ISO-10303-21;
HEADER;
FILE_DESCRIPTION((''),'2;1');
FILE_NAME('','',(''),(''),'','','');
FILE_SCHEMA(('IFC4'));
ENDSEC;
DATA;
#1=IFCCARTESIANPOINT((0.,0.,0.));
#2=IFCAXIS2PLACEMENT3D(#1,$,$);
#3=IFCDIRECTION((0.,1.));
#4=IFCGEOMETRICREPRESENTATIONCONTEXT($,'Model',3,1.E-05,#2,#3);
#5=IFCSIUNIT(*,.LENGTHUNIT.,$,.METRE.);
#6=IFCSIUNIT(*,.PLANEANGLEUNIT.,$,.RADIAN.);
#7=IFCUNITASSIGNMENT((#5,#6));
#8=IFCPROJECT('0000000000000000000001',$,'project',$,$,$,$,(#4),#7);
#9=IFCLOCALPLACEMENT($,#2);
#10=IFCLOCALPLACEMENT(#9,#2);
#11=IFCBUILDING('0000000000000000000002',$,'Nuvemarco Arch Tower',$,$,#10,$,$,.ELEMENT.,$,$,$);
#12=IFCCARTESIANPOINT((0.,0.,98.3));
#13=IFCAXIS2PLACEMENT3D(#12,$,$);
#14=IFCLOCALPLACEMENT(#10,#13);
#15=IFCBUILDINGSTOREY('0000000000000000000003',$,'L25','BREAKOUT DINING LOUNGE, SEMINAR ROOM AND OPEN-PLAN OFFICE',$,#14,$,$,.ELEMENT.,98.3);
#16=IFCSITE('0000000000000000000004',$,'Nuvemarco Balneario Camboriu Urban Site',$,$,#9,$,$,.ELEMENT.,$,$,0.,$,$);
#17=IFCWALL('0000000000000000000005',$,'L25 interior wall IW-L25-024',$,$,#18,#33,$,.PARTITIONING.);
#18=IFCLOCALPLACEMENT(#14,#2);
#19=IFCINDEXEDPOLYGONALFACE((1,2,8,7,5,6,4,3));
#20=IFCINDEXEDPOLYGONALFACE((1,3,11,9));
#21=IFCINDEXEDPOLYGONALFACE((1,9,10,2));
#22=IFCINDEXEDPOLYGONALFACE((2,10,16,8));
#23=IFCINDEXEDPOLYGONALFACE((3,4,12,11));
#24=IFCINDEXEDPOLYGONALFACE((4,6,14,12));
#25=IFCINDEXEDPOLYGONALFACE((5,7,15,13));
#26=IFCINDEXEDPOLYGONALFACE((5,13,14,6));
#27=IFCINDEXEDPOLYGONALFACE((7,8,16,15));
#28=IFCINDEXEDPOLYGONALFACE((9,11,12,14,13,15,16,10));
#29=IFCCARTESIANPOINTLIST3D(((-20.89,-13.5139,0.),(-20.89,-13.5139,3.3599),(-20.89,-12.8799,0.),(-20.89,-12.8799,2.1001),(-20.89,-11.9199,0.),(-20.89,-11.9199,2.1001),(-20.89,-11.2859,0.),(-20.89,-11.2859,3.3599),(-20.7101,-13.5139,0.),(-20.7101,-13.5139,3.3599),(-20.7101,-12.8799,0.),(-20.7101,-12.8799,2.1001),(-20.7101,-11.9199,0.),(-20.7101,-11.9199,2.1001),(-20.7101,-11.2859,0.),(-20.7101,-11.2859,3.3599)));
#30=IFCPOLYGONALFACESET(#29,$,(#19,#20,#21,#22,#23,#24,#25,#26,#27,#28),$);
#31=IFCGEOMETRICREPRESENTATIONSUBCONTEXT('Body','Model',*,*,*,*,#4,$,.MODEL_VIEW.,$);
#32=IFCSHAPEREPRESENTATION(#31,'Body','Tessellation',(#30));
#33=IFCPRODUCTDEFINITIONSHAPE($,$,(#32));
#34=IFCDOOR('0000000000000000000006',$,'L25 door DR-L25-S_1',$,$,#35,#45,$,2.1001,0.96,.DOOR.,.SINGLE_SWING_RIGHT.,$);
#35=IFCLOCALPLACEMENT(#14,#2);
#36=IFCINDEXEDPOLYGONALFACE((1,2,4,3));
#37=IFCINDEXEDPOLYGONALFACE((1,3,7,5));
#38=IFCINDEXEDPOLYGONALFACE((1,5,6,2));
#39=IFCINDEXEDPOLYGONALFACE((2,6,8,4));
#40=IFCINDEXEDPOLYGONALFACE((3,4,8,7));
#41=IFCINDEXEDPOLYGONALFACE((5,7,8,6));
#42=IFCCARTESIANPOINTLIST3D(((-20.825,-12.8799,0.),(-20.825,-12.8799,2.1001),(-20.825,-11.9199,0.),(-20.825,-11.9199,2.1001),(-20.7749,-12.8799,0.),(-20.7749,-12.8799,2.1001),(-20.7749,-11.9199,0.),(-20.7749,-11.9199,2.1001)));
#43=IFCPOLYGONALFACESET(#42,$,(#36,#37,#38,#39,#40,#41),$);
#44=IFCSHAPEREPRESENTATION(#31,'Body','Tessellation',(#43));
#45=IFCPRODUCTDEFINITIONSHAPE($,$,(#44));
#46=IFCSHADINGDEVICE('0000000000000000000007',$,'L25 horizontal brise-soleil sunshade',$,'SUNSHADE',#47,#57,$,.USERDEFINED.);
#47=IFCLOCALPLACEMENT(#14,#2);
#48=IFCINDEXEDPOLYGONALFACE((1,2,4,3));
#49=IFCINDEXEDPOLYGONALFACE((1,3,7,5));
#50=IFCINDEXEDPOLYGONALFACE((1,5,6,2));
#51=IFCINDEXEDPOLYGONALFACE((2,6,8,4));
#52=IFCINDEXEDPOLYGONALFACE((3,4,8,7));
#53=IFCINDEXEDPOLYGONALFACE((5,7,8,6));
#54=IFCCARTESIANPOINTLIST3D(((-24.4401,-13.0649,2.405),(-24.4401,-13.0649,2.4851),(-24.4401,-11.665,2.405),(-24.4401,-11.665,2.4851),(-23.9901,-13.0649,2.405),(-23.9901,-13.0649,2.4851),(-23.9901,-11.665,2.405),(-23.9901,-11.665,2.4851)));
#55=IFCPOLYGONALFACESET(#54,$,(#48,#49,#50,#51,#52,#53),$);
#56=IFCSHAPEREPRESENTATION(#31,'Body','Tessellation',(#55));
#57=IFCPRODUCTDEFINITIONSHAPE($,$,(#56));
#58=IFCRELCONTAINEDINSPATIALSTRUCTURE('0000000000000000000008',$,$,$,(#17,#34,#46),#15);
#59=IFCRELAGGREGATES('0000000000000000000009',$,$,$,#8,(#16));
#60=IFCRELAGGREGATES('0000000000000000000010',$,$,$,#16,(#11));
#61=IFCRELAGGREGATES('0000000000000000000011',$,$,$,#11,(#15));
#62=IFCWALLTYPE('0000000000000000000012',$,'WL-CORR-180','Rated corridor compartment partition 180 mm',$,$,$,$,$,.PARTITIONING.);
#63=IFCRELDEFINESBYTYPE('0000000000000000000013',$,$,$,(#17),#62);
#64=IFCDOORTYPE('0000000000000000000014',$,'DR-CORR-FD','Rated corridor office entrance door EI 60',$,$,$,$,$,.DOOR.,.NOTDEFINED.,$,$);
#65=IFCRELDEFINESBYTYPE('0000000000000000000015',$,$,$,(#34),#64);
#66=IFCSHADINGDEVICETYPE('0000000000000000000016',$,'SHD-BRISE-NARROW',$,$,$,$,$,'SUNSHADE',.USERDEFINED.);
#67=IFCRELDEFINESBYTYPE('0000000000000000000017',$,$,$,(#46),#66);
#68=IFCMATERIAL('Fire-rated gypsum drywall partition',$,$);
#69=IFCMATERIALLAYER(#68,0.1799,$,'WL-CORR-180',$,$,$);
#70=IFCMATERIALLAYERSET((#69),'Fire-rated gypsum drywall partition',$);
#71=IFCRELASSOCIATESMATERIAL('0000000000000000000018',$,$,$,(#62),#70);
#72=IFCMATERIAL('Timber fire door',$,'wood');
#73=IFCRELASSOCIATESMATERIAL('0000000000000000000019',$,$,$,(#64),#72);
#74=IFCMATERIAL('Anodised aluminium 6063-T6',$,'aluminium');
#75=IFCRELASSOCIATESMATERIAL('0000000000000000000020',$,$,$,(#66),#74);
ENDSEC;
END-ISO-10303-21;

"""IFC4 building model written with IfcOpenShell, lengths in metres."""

from ifc_helpers import new_model, si_unit, direction, frame, frame_2d, origin, origin_2d, place, context, subcontext, project, spatial, rectangle, extrude, source, transform, mapped, material, layer, layer_set, type_object, type_shapes, element, fill, save


model = new_model("IFC4")

# Units and contexts
model_context = context("Model", 3, precision=1e-05, world=origin(), true_north=direction((0.0, 1.0)))
body_context = subcontext(model_context, "Body", "Model", "MODEL_VIEW")
ifc_project = project(units=[si_unit("LENGTHUNIT", "METRE"), si_unit("PLANEANGLEUNIT", "RADIAN")], contexts=[model_context])

# Site, building, storey
site_placement = place(None, origin())
site = spatial("IfcSite", under=ifc_project, at=site_placement, Name="Nuvemarco Balneario Camboriu Urban Site", CompositionType="ELEMENT", RefElevation=0.0)
building_placement = place(site_placement, origin())
building = spatial("IfcBuilding", under=site, at=building_placement, Name="Nuvemarco Arch Tower", CompositionType="ELEMENT")
storey_placement = place(building_placement, frame((0.0, 0.0, 98.3)))
storey = spatial("IfcBuildingStorey", under=building, at=storey_placement, Name="L25", Description="BREAKOUT DINING LOUNGE, SEMINAR ROOM AND OPEN-PLAN OFFICE", CompositionType="ELEMENT", Elevation=98.3)

# Wall, opening, door
ifc_material_1 = material(Name="Fire-rated gypsum drywall partition")
ifc_layer = layer(ifc_material_1, 0.1799, Name="WL-CORR-180")
ifc_layer_set = layer_set([ifc_layer], Name="Fire-rated gypsum drywall partition")
wall_type = type_object("IfcWallType", Name="WL-CORR-180", Description="Rated corridor compartment partition 180 mm", PredefinedType="PARTITIONING", material=ifc_layer_set)
ifc_material_2 = material(Name="Timber fire door", Category="wood")
door_type = type_object("IfcDoorType", Name="DR-CORR-FD", Description="Rated corridor office entrance door EI 60", OperationType="NOTDEFINED", PredefinedType="DOOR", material=ifc_material_2)
shared_shape_1 = source(origin(), body_context, "Body", "SweptSolid", [
    extrude(rectangle(XDim=0.96, YDim=2.1001, at=frame_2d((0.48, 1.05))), frame((0.0, 0.0249, 0.0), z_axis=(0.0, -1.0, 0.0), x_axis=(1.0, 0.0, 0.0)), (0.0, 0.0, 1.0), 0.05),
])
type_shapes(door_type, [shared_shape_1])
wall_1_placement = place(storey_placement, frame((-20.8, -13.5139, 0.0), z_axis=(0.0, 0.0, 1.0), x_axis=(0.0, 1.0, 0.0)))
wall_1 = element("IfcWall", 1, at=wall_1_placement, inside=storey, type_object=wall_type, Name="L25 interior wall IW-L25-024", PredefinedType="PARTITIONING", context=body_context, shape_type="SweptSolid", body=[
    extrude(rectangle(XDim=2.228, YDim=0.1799, at=frame_2d((1.114, 0.0))), origin(), (0.0, 0.0, 1.0), 3.3599),
])
opening_1_placement = place(wall_1_placement, frame((0.634, 0.0, 0.0)))
opening_1 = element("IfcOpeningElement", 2, at=opening_1_placement, cuts=wall_1, PredefinedType="OPENING", context=body_context, shape_type="SweptSolid", body=[
    extrude(rectangle(XDim=0.96, YDim=2.1001, at=frame_2d((0.48, 1.05))), frame((0.0, 0.0999, 0.0), z_axis=(0.0, -1.0, 0.0), x_axis=(1.0, 0.0, 0.0)), (0.0, 0.0, 1.0), 0.2),
])
door_1_placement = place(opening_1_placement, origin())
door_1 = element("IfcDoor", 3, at=door_1_placement, inside=storey, type_object=door_type, Name="L25 door DR-L25-S_1", OperationType="SINGLE_SWING_RIGHT", OverallHeight=2.1001, OverallWidth=0.96, PredefinedType="DOOR", context=body_context, shape_type="MappedRepresentation", body=[
    mapped(shared_shape_1, transform((0.0, 0.0, 0.0), scale=1.0)),
])
fill(opening_1, door_1)

# Shading device
ifc_material_3 = material(Name="Anodised aluminium 6063-T6", Category="aluminium")
shading_device_type = type_object("IfcShadingDeviceType", Name="SHD-BRISE-NARROW", ElementType="SUNSHADE", PredefinedType="USERDEFINED", material=ifc_material_3)
shared_shape_2 = source(origin(), body_context, "Body", "SweptSolid", [
    extrude(rectangle(XDim=1.3999, YDim=0.45, at=origin_2d()), origin(), (0.0, 0.0, 1.0), 0.0801),
])
type_shapes(shading_device_type, [shared_shape_2])
shading_device_placement = place(storey_placement, frame((-24.2151, -12.365, 2.405), z_axis=(0.0, 0.0, 1.0), x_axis=(0.0, 1.0, 0.0)))
element("IfcShadingDevice", 4, at=shading_device_placement, inside=storey, type_object=shading_device_type, Name="L25 horizontal brise-soleil sunshade", ObjectType="SUNSHADE", PredefinedType="USERDEFINED", context=body_context, shape_type="MappedRepresentation", body=[
    mapped(shared_shape_2, transform((0.0, 0.0, 0.0), scale=1.0)),
])

save(model, "model.ifc")
